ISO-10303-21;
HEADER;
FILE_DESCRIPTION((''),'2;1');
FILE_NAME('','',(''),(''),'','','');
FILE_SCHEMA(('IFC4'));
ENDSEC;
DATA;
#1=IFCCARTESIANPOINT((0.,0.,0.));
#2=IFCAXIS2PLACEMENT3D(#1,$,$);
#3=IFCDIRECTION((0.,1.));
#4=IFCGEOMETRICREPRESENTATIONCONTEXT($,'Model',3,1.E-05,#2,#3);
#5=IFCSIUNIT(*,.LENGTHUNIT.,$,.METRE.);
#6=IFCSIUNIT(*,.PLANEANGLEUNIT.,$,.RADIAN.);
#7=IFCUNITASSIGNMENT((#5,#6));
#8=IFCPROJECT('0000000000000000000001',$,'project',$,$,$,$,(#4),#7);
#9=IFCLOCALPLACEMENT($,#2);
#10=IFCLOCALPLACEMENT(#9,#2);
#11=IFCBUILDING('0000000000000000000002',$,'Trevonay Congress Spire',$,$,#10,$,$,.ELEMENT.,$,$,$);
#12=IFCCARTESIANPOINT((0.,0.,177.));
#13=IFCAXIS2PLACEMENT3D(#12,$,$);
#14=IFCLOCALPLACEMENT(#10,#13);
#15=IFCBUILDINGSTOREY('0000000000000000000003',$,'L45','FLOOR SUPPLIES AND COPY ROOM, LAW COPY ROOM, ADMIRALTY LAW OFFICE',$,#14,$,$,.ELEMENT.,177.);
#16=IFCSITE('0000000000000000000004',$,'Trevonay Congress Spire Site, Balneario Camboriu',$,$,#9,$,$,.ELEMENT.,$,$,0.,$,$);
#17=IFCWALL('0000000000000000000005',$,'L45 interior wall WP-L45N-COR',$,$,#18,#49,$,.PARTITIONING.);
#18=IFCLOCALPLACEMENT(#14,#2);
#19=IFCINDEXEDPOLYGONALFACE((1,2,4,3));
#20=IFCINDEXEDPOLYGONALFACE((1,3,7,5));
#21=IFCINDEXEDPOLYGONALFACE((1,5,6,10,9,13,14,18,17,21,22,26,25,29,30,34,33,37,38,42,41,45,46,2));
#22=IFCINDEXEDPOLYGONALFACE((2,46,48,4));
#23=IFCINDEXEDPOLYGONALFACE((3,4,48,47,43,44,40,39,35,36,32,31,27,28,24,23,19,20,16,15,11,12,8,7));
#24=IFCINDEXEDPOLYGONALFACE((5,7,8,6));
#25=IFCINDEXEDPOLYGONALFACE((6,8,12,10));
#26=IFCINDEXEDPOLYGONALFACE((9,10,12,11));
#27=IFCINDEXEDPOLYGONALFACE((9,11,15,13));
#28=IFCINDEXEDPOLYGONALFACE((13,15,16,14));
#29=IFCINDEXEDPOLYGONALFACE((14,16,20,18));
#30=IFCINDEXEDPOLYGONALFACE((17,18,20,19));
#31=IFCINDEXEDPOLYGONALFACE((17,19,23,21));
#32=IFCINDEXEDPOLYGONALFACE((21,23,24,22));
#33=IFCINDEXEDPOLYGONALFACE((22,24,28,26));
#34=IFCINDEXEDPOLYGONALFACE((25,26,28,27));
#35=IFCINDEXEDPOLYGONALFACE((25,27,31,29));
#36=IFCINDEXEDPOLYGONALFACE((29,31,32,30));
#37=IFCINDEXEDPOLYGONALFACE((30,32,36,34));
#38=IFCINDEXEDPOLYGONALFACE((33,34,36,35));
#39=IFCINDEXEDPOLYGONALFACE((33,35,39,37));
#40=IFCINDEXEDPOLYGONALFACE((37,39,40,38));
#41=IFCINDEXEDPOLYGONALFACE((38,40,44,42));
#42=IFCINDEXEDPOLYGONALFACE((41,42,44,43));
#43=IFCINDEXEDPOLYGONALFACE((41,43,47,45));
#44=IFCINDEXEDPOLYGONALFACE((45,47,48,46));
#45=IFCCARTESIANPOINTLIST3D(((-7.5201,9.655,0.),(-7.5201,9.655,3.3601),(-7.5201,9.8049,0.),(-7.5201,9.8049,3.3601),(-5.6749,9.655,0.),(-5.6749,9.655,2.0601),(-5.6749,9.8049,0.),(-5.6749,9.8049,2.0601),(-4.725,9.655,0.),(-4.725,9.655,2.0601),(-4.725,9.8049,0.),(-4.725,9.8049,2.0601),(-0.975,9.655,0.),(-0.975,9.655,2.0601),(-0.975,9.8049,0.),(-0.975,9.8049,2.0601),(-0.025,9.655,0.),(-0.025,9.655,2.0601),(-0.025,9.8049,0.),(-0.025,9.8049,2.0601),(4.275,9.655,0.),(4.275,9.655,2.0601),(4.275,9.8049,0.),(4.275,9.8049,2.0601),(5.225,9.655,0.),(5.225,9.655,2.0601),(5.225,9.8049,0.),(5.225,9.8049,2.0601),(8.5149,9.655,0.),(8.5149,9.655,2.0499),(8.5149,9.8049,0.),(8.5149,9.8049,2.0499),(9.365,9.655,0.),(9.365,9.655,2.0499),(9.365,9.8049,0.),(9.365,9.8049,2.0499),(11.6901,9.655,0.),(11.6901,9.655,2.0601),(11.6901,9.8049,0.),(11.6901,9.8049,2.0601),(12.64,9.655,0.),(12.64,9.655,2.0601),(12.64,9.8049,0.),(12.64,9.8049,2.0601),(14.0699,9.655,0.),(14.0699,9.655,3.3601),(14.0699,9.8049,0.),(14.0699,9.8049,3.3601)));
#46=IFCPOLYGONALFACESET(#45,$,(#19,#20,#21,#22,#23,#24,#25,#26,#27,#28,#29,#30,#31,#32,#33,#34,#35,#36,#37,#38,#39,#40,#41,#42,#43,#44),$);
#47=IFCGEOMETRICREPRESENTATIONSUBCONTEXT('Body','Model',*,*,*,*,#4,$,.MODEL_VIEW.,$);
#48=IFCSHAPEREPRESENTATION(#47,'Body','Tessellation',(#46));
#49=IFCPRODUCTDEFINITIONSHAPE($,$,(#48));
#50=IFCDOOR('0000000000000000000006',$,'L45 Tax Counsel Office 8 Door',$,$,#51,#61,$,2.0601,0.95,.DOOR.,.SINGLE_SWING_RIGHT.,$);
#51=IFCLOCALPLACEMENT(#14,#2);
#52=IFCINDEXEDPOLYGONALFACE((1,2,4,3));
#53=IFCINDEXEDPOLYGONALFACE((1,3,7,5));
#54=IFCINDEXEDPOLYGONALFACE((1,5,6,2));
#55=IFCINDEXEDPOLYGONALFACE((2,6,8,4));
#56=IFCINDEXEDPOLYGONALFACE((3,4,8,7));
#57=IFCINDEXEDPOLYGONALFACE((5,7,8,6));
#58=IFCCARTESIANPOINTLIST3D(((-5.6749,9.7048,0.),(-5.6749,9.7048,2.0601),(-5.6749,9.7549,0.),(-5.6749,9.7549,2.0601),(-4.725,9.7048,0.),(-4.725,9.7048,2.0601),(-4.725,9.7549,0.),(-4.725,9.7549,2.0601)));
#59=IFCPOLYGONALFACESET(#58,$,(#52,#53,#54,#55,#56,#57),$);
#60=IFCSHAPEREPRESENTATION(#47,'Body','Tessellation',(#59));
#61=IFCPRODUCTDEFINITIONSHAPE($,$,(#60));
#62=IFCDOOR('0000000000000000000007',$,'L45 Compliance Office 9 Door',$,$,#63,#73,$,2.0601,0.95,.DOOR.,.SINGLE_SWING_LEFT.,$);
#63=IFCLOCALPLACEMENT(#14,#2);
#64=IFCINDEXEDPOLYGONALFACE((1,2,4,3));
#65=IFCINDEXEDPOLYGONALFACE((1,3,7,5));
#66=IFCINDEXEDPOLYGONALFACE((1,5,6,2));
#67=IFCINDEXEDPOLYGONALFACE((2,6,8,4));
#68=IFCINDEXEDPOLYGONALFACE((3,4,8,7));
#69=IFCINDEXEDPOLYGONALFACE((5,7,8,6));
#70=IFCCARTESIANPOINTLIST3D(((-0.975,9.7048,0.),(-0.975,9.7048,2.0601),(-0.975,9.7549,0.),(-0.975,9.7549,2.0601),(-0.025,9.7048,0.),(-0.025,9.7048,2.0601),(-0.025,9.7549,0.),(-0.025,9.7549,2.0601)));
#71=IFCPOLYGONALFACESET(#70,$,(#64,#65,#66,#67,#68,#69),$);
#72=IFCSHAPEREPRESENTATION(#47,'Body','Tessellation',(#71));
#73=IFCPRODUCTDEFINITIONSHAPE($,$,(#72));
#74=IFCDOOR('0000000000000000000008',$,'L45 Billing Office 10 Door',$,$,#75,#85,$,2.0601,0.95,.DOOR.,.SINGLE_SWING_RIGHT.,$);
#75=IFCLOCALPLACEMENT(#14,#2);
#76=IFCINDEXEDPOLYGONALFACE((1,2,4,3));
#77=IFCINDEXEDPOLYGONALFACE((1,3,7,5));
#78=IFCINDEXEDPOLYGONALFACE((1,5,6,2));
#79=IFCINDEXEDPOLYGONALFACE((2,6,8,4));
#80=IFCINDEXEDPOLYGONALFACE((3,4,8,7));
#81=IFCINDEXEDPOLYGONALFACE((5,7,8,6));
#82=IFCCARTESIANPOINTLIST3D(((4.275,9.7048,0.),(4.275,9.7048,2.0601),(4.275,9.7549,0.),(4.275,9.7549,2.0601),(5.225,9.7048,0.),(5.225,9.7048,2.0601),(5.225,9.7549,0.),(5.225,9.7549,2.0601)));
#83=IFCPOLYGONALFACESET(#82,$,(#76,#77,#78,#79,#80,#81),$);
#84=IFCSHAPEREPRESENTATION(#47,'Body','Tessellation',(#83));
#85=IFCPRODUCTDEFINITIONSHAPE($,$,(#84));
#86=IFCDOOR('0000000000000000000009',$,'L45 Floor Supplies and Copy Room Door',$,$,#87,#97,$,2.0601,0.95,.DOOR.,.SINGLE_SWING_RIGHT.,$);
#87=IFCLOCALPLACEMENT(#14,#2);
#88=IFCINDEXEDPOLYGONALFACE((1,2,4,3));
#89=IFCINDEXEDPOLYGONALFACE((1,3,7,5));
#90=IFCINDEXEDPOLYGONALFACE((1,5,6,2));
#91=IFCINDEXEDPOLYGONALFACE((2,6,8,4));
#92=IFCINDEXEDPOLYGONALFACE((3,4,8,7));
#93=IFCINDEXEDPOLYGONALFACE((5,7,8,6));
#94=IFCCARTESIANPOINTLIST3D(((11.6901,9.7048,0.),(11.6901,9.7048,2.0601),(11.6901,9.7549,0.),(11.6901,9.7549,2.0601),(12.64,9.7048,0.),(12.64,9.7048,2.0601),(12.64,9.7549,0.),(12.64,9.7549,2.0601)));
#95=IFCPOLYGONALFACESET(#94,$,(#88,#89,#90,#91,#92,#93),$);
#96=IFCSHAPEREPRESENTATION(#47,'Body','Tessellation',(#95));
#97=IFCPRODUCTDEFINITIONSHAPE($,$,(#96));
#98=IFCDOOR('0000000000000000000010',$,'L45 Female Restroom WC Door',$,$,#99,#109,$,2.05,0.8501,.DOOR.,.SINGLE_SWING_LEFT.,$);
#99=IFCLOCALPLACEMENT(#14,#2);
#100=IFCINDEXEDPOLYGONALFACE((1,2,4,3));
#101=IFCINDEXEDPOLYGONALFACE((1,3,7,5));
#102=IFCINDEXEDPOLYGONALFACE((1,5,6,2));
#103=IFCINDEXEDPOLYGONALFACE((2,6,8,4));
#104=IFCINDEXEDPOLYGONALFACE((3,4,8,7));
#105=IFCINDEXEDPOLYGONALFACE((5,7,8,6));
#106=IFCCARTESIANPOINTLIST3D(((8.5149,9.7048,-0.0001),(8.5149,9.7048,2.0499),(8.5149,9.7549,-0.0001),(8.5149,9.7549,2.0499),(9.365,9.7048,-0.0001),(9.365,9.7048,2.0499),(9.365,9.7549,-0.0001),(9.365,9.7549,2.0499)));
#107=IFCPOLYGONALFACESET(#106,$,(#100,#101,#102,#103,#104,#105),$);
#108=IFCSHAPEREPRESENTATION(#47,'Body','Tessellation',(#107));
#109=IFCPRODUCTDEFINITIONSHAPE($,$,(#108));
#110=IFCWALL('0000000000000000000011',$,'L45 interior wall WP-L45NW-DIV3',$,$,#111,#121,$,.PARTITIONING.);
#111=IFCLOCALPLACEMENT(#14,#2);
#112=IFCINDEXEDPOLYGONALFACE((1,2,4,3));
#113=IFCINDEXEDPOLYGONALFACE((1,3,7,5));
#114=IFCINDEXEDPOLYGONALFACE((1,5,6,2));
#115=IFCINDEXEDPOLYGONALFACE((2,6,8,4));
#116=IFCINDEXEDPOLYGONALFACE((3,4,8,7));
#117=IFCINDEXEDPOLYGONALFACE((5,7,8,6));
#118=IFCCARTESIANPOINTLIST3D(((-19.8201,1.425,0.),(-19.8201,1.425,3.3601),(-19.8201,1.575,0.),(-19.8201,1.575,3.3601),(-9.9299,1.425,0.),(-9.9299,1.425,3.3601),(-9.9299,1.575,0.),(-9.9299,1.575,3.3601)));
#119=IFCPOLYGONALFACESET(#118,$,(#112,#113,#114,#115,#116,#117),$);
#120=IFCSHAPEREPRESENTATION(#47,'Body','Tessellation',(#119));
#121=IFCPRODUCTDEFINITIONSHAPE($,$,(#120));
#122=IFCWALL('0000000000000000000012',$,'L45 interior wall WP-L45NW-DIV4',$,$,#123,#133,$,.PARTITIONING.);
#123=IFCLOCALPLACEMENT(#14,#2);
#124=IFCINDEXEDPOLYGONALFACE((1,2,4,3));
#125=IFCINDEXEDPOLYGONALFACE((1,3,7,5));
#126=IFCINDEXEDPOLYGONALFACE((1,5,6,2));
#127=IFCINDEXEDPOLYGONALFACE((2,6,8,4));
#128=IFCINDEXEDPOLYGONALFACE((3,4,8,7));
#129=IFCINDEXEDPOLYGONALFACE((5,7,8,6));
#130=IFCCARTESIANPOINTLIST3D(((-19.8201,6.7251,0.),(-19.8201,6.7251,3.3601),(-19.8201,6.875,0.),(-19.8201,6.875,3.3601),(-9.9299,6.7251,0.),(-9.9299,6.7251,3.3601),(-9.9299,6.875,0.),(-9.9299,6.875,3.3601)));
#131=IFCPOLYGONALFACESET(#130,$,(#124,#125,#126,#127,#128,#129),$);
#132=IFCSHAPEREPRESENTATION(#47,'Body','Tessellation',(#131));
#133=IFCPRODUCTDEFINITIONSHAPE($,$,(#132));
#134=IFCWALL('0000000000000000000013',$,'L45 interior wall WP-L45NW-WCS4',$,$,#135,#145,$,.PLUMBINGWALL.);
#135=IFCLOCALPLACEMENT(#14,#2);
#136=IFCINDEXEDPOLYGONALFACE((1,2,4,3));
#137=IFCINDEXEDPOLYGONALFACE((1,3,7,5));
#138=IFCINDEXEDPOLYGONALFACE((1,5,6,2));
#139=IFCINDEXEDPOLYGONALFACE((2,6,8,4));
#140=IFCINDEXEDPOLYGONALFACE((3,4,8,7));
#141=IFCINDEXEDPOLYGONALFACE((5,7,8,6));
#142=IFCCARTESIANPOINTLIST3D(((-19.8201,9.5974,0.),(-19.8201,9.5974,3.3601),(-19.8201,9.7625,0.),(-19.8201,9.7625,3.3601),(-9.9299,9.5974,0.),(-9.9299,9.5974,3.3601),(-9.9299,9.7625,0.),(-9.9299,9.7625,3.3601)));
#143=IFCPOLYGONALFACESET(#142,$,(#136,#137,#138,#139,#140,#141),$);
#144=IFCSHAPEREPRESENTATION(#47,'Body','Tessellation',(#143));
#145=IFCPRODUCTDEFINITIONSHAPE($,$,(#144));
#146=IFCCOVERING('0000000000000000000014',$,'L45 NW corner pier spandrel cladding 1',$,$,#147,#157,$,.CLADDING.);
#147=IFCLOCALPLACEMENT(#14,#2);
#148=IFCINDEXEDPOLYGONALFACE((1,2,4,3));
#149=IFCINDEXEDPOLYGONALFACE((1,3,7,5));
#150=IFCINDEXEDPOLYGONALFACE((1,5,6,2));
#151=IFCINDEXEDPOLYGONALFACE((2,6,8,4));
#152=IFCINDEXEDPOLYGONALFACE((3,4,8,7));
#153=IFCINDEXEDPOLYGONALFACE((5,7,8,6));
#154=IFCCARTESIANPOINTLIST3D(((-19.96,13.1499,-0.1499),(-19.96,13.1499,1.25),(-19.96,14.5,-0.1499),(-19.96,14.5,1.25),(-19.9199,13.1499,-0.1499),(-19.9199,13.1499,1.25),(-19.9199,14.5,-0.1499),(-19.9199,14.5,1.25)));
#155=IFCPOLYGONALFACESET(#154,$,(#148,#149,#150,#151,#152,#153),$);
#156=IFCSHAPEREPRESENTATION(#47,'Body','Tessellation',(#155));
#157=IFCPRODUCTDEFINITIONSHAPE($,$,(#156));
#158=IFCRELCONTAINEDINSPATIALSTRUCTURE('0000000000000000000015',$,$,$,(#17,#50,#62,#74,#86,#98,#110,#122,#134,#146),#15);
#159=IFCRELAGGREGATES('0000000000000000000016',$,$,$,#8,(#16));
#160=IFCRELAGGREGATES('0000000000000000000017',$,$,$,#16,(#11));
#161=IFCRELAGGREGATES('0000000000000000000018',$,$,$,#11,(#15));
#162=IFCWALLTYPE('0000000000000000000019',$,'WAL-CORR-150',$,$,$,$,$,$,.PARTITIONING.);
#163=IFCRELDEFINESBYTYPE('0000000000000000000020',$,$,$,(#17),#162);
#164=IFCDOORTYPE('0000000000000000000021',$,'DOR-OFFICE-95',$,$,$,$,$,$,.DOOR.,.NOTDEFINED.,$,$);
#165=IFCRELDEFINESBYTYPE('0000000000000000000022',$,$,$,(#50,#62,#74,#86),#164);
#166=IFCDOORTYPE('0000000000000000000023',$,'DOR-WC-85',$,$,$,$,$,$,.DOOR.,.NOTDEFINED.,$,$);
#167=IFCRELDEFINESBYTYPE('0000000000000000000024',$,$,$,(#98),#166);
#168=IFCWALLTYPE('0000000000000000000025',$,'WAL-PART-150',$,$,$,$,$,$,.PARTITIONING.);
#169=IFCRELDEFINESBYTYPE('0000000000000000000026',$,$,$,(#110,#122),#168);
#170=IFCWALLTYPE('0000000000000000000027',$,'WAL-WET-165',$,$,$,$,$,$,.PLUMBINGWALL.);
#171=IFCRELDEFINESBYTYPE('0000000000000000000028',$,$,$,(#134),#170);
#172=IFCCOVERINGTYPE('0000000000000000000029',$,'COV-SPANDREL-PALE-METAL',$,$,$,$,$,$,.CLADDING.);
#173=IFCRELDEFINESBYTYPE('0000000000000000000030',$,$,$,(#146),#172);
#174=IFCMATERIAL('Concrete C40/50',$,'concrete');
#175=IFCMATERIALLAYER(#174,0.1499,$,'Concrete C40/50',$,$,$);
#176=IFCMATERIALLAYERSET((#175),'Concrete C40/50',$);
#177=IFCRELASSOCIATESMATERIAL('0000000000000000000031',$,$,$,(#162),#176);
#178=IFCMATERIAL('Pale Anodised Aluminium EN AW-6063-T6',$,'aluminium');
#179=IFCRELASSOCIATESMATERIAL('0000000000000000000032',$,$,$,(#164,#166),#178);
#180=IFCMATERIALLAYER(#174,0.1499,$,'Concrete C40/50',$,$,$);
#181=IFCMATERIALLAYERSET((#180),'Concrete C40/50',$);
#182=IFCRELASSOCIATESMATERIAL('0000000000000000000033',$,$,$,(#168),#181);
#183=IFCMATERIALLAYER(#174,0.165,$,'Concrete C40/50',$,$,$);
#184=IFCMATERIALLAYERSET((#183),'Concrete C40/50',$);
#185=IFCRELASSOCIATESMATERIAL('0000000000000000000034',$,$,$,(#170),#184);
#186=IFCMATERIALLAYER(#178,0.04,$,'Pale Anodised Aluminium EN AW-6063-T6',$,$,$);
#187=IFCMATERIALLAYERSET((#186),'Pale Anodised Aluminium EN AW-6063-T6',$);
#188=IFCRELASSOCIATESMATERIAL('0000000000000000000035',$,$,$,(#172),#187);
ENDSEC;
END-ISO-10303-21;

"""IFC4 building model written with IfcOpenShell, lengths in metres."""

from ifc_helpers import new_model, si_unit, direction, frame, frame_2d, origin, place, context, subcontext, project, spatial, rectangle, extrude, material, layer, layer_set, type_object, element, fill, save


model = new_model("IFC4")

# Units and contexts
model_context = context("Model", 3, precision=1e-05, world=origin(), true_north=direction((0.0, 1.0)))
body_context = subcontext(model_context, "Body", "Model", "MODEL_VIEW")
ifc_project = project(units=[si_unit("LENGTHUNIT", "METRE"), si_unit("PLANEANGLEUNIT", "RADIAN")], contexts=[model_context])

# Site, building, storey
site_placement = place(None, origin())
site = spatial("IfcSite", under=ifc_project, at=site_placement, Name="Trevonay Congress Spire Site, Balneario Camboriu", CompositionType="ELEMENT", RefElevation=0.0)
building_placement = place(site_placement, origin())
building = spatial("IfcBuilding", under=site, at=building_placement, Name="Trevonay Congress Spire", CompositionType="ELEMENT")
storey_placement = place(building_placement, frame((0.0, 0.0, 177.0)))
storey = spatial("IfcBuildingStorey", under=building, at=storey_placement, Name="L45", Description="FLOOR SUPPLIES AND COPY ROOM, LAW COPY ROOM, ADMIRALTY LAW OFFICE", CompositionType="ELEMENT", Elevation=177.0)

# Shared definitions
ifc_material_1 = material(Name="Pale Anodised Aluminium EN AW-6063-T6", Category="aluminium")

# Wall, openings, doors
ifc_material_2 = material(Name="Concrete C40/50", Category="concrete")
ifc_layer_1 = layer(ifc_material_2, 0.1499, Name="Concrete C40/50")
ifc_layer_set_1 = layer_set([ifc_layer_1], Name="Concrete C40/50")
wall_type_1 = type_object("IfcWallType", Name="WAL-CORR-150", PredefinedType="PARTITIONING", material=ifc_layer_set_1)
wall_1_placement = place(storey_placement, frame((-7.52, 9.73, 0.0), z_axis=(0.0, 0.0, 1.0), x_axis=(1.0, 0.0, 0.0)))
wall_1 = element("IfcWall", 1, at=wall_1_placement, inside=storey, type_object=wall_type_1, Name="L45 interior wall WP-L45N-COR", PredefinedType="PARTITIONING", context=body_context, shape_type="SweptSolid", body=[
    extrude(rectangle(XDim=21.5901, YDim=0.1499, at=frame_2d((10.7949, 0.0))), origin(), (0.0, 0.0, 1.0), 3.3601),
])
opening_1_placement = place(wall_1_placement, frame((1.845, 0.0, 0.0)))
opening_1 = element("IfcOpeningElement", 2, at=opening_1_placement, cuts=wall_1, PredefinedType="OPENING", context=body_context, shape_type="SweptSolid", body=[
    extrude(rectangle(XDim=0.95, YDim=2.0601, at=frame_2d((0.4751, 1.03))), frame((0.0, 0.085, 0.0), z_axis=(0.0, -1.0, 0.0), x_axis=(1.0, 0.0, 0.0)), (0.0, 0.0, 1.0), 0.1699),
])
opening_2_placement = place(wall_1_placement, frame((6.5449, 0.0, 0.0)))
opening_2 = element("IfcOpeningElement", 3, at=opening_2_placement, cuts=wall_1, PredefinedType="OPENING", context=body_context, shape_type="SweptSolid", body=[
    extrude(rectangle(XDim=0.95, YDim=2.0601, at=frame_2d((0.4751, 1.03))), frame((0.0, 0.085, 0.0), z_axis=(0.0, -1.0, 0.0), x_axis=(1.0, 0.0, 0.0)), (0.0, 0.0, 1.0), 0.1699),
])
opening_3_placement = place(wall_1_placement, frame((11.7949, 0.0, 0.0)))
opening_3 = element("IfcOpeningElement", 4, at=opening_3_placement, cuts=wall_1, PredefinedType="OPENING", context=body_context, shape_type="SweptSolid", body=[
    extrude(rectangle(XDim=0.95, YDim=2.0601, at=frame_2d((0.4751, 1.03))), frame((0.0, 0.085, 0.0), z_axis=(0.0, -1.0, 0.0), x_axis=(1.0, 0.0, 0.0)), (0.0, 0.0, 1.0), 0.1699),
])
opening_4_placement = place(wall_1_placement, frame((16.0349, 0.0, 0.0)))
opening_4 = element("IfcOpeningElement", 5, at=opening_4_placement, cuts=wall_1, PredefinedType="OPENING", context=body_context, shape_type="SweptSolid", body=[
    extrude(rectangle(XDim=0.8501, YDim=2.05, at=frame_2d((0.425, 1.0249))), frame((0.0, 0.085, 0.0), z_axis=(0.0, -1.0, 0.0), x_axis=(1.0, 0.0, 0.0)), (0.0, 0.0, 1.0), 0.1699),
])
opening_5_placement = place(wall_1_placement, frame((19.21, 0.0, 0.0)))
opening_5 = element("IfcOpeningElement", 6, at=opening_5_placement, cuts=wall_1, PredefinedType="OPENING", context=body_context, shape_type="SweptSolid", body=[
    extrude(rectangle(XDim=0.95, YDim=2.0601, at=frame_2d((0.4751, 1.03))), frame((0.0, 0.085, 0.0), z_axis=(0.0, -1.0, 0.0), x_axis=(1.0, 0.0, 0.0)), (0.0, 0.0, 1.0), 0.1699),
])
door_type_1 = type_object("IfcDoorType", Name="DOR-OFFICE-95", OperationType="NOTDEFINED", PredefinedType="DOOR", material=ifc_material_1)
door_1_placement = place(opening_1_placement, origin())
door_1 = element("IfcDoor", 7, at=door_1_placement, inside=storey, type_object=door_type_1, Name="L45 Tax Counsel Office 8 Door", OperationType="SINGLE_SWING_RIGHT", OverallHeight=2.0601, OverallWidth=0.95, PredefinedType="DOOR", context=body_context, shape_type="SweptSolid", body=[
    extrude(rectangle(XDim=0.95, YDim=2.0601, at=frame_2d((0.4751, 1.03))), frame((0.0, 0.0249, 0.0), z_axis=(0.0, -1.0, 0.0), x_axis=(1.0, 0.0, 0.0)), (0.0, 0.0, 1.0), 0.05),
])
fill(opening_1, door_1)
door_2_placement = place(opening_2_placement, origin())
door_2 = element("IfcDoor", 8, at=door_2_placement, inside=storey, type_object=door_type_1, Name="L45 Compliance Office 9 Door", OperationType="SINGLE_SWING_LEFT", OverallHeight=2.0601, OverallWidth=0.95, PredefinedType="DOOR", context=body_context, shape_type="SweptSolid", body=[
    extrude(rectangle(XDim=0.95, YDim=2.0601, at=frame_2d((0.4751, 1.03))), frame((0.0, 0.0249, 0.0), z_axis=(0.0, -1.0, 0.0), x_axis=(1.0, 0.0, 0.0)), (0.0, 0.0, 1.0), 0.05),
])
fill(opening_2, door_2)
door_3_placement = place(opening_3_placement, origin())
door_3 = element("IfcDoor", 9, at=door_3_placement, inside=storey, type_object=door_type_1, Name="L45 Billing Office 10 Door", OperationType="SINGLE_SWING_RIGHT", OverallHeight=2.0601, OverallWidth=0.95, PredefinedType="DOOR", context=body_context, shape_type="SweptSolid", body=[
    extrude(rectangle(XDim=0.95, YDim=2.0601, at=frame_2d((0.4751, 1.03))), frame((0.0, 0.0249, 0.0), z_axis=(0.0, -1.0, 0.0), x_axis=(1.0, 0.0, 0.0)), (0.0, 0.0, 1.0), 0.05),
])
fill(opening_3, door_3)
door_4_placement = place(opening_5_placement, origin())
door_4 = element("IfcDoor", 10, at=door_4_placement, inside=storey, type_object=door_type_1, Name="L45 Floor Supplies and Copy Room Door", OperationType="SINGLE_SWING_RIGHT", OverallHeight=2.0601, OverallWidth=0.95, PredefinedType="DOOR", context=body_context, shape_type="SweptSolid", body=[
    extrude(rectangle(XDim=0.95, YDim=2.0601, at=frame_2d((0.4751, 1.03))), frame((0.0, 0.0249, 0.0), z_axis=(0.0, -1.0, 0.0), x_axis=(1.0, 0.0, 0.0)), (0.0, 0.0, 1.0), 0.05),
])
fill(opening_5, door_4)
door_type_2 = type_object("IfcDoorType", Name="DOR-WC-85", OperationType="NOTDEFINED", PredefinedType="DOOR", material=ifc_material_1)
door_5_placement = place(opening_4_placement, origin())
door_5 = element("IfcDoor", 11, at=door_5_placement, inside=storey, type_object=door_type_2, Name="L45 Female Restroom WC Door", OperationType="SINGLE_SWING_LEFT", OverallHeight=2.05, OverallWidth=0.8501, PredefinedType="DOOR", context=body_context, shape_type="SweptSolid", body=[
    extrude(rectangle(XDim=0.8501, YDim=2.05, at=frame_2d((0.425, 1.0249))), frame((0.0, 0.0249, 0.0), z_axis=(0.0, -1.0, 0.0), x_axis=(1.0, 0.0, 0.0)), (0.0, 0.0, 1.0), 0.05),
])
fill(opening_4, door_5)

# Walls
ifc_layer_2 = layer(ifc_material_2, 0.1499, Name="Concrete C40/50")
ifc_layer_set_2 = layer_set([ifc_layer_2], Name="Concrete C40/50")
wall_type_2 = type_object("IfcWallType", Name="WAL-PART-150", PredefinedType="PARTITIONING", material=ifc_layer_set_2)
for number, where, z_axis, x_axis, name in (
    (12, (-19.8201, 1.5, 0.0), (0.0, 0.0, 1.0), (1.0, 0.0, 0.0), "L45 interior wall WP-L45NW-DIV3"),
    (13, (-19.8201, 6.8, 0.0), (0.0, 0.0, 1.0), (1.0, 0.0, 0.0), "L45 interior wall WP-L45NW-DIV4"),
):
    element("IfcWall", number, at=place(storey_placement, frame(where, z_axis=z_axis, x_axis=x_axis)), inside=storey, type_object=wall_type_2, Name=name, PredefinedType="PARTITIONING", context=body_context, shape_type="SweptSolid", body=[
        extrude(rectangle(XDim=9.8901, YDim=0.1499, at=frame_2d((4.9451, 0.0))), origin(), (0.0, 0.0, 1.0), 3.3601),
    ])
ifc_layer_3 = layer(ifc_material_2, 0.165, Name="Concrete C40/50")
ifc_layer_set_3 = layer_set([ifc_layer_3], Name="Concrete C40/50")
wall_type_3 = type_object("IfcWallType", Name="WAL-WET-165", PredefinedType="PLUMBINGWALL", material=ifc_layer_set_3)
wall_2_placement = place(storey_placement, frame((-19.8201, 9.6799, 0.0), z_axis=(0.0, 0.0, 1.0), x_axis=(1.0, 0.0, 0.0)))
element("IfcWall", 14, at=wall_2_placement, inside=storey, type_object=wall_type_3, Name="L45 interior wall WP-L45NW-WCS4", PredefinedType="PLUMBINGWALL", context=body_context, shape_type="SweptSolid", body=[
    extrude(rectangle(XDim=9.8901, YDim=0.165, at=frame_2d((4.9451, 0.0))), origin(), (0.0, 0.0, 1.0), 3.3601),
])

# Covering
ifc_layer_4 = layer(ifc_material_1, 0.04, Name="Pale Anodised Aluminium EN AW-6063-T6")
ifc_layer_set_4 = layer_set([ifc_layer_4], Name="Pale Anodised Aluminium EN AW-6063-T6")
covering_type = type_object("IfcCoveringType", Name="COV-SPANDREL-PALE-METAL", PredefinedType="CLADDING", material=ifc_layer_set_4)
covering_placement = place(storey_placement, frame((-19.9399, 13.1499, -0.1499), z_axis=(0.0, 0.0, 1.0), x_axis=(0.0, 1.0, 0.0)))
element("IfcCovering", 15, at=covering_placement, inside=storey, type_object=covering_type, Name="L45 NW corner pier spandrel cladding 1", PredefinedType="CLADDING", context=body_context, shape_type="SweptSolid", body=[
    extrude(rectangle(XDim=1.3501, YDim=0.04, at=frame_2d((0.675, 0.0))), origin(), (0.0, 0.0, 1.0), 1.3999),
])

save(model, "model.ifc")
